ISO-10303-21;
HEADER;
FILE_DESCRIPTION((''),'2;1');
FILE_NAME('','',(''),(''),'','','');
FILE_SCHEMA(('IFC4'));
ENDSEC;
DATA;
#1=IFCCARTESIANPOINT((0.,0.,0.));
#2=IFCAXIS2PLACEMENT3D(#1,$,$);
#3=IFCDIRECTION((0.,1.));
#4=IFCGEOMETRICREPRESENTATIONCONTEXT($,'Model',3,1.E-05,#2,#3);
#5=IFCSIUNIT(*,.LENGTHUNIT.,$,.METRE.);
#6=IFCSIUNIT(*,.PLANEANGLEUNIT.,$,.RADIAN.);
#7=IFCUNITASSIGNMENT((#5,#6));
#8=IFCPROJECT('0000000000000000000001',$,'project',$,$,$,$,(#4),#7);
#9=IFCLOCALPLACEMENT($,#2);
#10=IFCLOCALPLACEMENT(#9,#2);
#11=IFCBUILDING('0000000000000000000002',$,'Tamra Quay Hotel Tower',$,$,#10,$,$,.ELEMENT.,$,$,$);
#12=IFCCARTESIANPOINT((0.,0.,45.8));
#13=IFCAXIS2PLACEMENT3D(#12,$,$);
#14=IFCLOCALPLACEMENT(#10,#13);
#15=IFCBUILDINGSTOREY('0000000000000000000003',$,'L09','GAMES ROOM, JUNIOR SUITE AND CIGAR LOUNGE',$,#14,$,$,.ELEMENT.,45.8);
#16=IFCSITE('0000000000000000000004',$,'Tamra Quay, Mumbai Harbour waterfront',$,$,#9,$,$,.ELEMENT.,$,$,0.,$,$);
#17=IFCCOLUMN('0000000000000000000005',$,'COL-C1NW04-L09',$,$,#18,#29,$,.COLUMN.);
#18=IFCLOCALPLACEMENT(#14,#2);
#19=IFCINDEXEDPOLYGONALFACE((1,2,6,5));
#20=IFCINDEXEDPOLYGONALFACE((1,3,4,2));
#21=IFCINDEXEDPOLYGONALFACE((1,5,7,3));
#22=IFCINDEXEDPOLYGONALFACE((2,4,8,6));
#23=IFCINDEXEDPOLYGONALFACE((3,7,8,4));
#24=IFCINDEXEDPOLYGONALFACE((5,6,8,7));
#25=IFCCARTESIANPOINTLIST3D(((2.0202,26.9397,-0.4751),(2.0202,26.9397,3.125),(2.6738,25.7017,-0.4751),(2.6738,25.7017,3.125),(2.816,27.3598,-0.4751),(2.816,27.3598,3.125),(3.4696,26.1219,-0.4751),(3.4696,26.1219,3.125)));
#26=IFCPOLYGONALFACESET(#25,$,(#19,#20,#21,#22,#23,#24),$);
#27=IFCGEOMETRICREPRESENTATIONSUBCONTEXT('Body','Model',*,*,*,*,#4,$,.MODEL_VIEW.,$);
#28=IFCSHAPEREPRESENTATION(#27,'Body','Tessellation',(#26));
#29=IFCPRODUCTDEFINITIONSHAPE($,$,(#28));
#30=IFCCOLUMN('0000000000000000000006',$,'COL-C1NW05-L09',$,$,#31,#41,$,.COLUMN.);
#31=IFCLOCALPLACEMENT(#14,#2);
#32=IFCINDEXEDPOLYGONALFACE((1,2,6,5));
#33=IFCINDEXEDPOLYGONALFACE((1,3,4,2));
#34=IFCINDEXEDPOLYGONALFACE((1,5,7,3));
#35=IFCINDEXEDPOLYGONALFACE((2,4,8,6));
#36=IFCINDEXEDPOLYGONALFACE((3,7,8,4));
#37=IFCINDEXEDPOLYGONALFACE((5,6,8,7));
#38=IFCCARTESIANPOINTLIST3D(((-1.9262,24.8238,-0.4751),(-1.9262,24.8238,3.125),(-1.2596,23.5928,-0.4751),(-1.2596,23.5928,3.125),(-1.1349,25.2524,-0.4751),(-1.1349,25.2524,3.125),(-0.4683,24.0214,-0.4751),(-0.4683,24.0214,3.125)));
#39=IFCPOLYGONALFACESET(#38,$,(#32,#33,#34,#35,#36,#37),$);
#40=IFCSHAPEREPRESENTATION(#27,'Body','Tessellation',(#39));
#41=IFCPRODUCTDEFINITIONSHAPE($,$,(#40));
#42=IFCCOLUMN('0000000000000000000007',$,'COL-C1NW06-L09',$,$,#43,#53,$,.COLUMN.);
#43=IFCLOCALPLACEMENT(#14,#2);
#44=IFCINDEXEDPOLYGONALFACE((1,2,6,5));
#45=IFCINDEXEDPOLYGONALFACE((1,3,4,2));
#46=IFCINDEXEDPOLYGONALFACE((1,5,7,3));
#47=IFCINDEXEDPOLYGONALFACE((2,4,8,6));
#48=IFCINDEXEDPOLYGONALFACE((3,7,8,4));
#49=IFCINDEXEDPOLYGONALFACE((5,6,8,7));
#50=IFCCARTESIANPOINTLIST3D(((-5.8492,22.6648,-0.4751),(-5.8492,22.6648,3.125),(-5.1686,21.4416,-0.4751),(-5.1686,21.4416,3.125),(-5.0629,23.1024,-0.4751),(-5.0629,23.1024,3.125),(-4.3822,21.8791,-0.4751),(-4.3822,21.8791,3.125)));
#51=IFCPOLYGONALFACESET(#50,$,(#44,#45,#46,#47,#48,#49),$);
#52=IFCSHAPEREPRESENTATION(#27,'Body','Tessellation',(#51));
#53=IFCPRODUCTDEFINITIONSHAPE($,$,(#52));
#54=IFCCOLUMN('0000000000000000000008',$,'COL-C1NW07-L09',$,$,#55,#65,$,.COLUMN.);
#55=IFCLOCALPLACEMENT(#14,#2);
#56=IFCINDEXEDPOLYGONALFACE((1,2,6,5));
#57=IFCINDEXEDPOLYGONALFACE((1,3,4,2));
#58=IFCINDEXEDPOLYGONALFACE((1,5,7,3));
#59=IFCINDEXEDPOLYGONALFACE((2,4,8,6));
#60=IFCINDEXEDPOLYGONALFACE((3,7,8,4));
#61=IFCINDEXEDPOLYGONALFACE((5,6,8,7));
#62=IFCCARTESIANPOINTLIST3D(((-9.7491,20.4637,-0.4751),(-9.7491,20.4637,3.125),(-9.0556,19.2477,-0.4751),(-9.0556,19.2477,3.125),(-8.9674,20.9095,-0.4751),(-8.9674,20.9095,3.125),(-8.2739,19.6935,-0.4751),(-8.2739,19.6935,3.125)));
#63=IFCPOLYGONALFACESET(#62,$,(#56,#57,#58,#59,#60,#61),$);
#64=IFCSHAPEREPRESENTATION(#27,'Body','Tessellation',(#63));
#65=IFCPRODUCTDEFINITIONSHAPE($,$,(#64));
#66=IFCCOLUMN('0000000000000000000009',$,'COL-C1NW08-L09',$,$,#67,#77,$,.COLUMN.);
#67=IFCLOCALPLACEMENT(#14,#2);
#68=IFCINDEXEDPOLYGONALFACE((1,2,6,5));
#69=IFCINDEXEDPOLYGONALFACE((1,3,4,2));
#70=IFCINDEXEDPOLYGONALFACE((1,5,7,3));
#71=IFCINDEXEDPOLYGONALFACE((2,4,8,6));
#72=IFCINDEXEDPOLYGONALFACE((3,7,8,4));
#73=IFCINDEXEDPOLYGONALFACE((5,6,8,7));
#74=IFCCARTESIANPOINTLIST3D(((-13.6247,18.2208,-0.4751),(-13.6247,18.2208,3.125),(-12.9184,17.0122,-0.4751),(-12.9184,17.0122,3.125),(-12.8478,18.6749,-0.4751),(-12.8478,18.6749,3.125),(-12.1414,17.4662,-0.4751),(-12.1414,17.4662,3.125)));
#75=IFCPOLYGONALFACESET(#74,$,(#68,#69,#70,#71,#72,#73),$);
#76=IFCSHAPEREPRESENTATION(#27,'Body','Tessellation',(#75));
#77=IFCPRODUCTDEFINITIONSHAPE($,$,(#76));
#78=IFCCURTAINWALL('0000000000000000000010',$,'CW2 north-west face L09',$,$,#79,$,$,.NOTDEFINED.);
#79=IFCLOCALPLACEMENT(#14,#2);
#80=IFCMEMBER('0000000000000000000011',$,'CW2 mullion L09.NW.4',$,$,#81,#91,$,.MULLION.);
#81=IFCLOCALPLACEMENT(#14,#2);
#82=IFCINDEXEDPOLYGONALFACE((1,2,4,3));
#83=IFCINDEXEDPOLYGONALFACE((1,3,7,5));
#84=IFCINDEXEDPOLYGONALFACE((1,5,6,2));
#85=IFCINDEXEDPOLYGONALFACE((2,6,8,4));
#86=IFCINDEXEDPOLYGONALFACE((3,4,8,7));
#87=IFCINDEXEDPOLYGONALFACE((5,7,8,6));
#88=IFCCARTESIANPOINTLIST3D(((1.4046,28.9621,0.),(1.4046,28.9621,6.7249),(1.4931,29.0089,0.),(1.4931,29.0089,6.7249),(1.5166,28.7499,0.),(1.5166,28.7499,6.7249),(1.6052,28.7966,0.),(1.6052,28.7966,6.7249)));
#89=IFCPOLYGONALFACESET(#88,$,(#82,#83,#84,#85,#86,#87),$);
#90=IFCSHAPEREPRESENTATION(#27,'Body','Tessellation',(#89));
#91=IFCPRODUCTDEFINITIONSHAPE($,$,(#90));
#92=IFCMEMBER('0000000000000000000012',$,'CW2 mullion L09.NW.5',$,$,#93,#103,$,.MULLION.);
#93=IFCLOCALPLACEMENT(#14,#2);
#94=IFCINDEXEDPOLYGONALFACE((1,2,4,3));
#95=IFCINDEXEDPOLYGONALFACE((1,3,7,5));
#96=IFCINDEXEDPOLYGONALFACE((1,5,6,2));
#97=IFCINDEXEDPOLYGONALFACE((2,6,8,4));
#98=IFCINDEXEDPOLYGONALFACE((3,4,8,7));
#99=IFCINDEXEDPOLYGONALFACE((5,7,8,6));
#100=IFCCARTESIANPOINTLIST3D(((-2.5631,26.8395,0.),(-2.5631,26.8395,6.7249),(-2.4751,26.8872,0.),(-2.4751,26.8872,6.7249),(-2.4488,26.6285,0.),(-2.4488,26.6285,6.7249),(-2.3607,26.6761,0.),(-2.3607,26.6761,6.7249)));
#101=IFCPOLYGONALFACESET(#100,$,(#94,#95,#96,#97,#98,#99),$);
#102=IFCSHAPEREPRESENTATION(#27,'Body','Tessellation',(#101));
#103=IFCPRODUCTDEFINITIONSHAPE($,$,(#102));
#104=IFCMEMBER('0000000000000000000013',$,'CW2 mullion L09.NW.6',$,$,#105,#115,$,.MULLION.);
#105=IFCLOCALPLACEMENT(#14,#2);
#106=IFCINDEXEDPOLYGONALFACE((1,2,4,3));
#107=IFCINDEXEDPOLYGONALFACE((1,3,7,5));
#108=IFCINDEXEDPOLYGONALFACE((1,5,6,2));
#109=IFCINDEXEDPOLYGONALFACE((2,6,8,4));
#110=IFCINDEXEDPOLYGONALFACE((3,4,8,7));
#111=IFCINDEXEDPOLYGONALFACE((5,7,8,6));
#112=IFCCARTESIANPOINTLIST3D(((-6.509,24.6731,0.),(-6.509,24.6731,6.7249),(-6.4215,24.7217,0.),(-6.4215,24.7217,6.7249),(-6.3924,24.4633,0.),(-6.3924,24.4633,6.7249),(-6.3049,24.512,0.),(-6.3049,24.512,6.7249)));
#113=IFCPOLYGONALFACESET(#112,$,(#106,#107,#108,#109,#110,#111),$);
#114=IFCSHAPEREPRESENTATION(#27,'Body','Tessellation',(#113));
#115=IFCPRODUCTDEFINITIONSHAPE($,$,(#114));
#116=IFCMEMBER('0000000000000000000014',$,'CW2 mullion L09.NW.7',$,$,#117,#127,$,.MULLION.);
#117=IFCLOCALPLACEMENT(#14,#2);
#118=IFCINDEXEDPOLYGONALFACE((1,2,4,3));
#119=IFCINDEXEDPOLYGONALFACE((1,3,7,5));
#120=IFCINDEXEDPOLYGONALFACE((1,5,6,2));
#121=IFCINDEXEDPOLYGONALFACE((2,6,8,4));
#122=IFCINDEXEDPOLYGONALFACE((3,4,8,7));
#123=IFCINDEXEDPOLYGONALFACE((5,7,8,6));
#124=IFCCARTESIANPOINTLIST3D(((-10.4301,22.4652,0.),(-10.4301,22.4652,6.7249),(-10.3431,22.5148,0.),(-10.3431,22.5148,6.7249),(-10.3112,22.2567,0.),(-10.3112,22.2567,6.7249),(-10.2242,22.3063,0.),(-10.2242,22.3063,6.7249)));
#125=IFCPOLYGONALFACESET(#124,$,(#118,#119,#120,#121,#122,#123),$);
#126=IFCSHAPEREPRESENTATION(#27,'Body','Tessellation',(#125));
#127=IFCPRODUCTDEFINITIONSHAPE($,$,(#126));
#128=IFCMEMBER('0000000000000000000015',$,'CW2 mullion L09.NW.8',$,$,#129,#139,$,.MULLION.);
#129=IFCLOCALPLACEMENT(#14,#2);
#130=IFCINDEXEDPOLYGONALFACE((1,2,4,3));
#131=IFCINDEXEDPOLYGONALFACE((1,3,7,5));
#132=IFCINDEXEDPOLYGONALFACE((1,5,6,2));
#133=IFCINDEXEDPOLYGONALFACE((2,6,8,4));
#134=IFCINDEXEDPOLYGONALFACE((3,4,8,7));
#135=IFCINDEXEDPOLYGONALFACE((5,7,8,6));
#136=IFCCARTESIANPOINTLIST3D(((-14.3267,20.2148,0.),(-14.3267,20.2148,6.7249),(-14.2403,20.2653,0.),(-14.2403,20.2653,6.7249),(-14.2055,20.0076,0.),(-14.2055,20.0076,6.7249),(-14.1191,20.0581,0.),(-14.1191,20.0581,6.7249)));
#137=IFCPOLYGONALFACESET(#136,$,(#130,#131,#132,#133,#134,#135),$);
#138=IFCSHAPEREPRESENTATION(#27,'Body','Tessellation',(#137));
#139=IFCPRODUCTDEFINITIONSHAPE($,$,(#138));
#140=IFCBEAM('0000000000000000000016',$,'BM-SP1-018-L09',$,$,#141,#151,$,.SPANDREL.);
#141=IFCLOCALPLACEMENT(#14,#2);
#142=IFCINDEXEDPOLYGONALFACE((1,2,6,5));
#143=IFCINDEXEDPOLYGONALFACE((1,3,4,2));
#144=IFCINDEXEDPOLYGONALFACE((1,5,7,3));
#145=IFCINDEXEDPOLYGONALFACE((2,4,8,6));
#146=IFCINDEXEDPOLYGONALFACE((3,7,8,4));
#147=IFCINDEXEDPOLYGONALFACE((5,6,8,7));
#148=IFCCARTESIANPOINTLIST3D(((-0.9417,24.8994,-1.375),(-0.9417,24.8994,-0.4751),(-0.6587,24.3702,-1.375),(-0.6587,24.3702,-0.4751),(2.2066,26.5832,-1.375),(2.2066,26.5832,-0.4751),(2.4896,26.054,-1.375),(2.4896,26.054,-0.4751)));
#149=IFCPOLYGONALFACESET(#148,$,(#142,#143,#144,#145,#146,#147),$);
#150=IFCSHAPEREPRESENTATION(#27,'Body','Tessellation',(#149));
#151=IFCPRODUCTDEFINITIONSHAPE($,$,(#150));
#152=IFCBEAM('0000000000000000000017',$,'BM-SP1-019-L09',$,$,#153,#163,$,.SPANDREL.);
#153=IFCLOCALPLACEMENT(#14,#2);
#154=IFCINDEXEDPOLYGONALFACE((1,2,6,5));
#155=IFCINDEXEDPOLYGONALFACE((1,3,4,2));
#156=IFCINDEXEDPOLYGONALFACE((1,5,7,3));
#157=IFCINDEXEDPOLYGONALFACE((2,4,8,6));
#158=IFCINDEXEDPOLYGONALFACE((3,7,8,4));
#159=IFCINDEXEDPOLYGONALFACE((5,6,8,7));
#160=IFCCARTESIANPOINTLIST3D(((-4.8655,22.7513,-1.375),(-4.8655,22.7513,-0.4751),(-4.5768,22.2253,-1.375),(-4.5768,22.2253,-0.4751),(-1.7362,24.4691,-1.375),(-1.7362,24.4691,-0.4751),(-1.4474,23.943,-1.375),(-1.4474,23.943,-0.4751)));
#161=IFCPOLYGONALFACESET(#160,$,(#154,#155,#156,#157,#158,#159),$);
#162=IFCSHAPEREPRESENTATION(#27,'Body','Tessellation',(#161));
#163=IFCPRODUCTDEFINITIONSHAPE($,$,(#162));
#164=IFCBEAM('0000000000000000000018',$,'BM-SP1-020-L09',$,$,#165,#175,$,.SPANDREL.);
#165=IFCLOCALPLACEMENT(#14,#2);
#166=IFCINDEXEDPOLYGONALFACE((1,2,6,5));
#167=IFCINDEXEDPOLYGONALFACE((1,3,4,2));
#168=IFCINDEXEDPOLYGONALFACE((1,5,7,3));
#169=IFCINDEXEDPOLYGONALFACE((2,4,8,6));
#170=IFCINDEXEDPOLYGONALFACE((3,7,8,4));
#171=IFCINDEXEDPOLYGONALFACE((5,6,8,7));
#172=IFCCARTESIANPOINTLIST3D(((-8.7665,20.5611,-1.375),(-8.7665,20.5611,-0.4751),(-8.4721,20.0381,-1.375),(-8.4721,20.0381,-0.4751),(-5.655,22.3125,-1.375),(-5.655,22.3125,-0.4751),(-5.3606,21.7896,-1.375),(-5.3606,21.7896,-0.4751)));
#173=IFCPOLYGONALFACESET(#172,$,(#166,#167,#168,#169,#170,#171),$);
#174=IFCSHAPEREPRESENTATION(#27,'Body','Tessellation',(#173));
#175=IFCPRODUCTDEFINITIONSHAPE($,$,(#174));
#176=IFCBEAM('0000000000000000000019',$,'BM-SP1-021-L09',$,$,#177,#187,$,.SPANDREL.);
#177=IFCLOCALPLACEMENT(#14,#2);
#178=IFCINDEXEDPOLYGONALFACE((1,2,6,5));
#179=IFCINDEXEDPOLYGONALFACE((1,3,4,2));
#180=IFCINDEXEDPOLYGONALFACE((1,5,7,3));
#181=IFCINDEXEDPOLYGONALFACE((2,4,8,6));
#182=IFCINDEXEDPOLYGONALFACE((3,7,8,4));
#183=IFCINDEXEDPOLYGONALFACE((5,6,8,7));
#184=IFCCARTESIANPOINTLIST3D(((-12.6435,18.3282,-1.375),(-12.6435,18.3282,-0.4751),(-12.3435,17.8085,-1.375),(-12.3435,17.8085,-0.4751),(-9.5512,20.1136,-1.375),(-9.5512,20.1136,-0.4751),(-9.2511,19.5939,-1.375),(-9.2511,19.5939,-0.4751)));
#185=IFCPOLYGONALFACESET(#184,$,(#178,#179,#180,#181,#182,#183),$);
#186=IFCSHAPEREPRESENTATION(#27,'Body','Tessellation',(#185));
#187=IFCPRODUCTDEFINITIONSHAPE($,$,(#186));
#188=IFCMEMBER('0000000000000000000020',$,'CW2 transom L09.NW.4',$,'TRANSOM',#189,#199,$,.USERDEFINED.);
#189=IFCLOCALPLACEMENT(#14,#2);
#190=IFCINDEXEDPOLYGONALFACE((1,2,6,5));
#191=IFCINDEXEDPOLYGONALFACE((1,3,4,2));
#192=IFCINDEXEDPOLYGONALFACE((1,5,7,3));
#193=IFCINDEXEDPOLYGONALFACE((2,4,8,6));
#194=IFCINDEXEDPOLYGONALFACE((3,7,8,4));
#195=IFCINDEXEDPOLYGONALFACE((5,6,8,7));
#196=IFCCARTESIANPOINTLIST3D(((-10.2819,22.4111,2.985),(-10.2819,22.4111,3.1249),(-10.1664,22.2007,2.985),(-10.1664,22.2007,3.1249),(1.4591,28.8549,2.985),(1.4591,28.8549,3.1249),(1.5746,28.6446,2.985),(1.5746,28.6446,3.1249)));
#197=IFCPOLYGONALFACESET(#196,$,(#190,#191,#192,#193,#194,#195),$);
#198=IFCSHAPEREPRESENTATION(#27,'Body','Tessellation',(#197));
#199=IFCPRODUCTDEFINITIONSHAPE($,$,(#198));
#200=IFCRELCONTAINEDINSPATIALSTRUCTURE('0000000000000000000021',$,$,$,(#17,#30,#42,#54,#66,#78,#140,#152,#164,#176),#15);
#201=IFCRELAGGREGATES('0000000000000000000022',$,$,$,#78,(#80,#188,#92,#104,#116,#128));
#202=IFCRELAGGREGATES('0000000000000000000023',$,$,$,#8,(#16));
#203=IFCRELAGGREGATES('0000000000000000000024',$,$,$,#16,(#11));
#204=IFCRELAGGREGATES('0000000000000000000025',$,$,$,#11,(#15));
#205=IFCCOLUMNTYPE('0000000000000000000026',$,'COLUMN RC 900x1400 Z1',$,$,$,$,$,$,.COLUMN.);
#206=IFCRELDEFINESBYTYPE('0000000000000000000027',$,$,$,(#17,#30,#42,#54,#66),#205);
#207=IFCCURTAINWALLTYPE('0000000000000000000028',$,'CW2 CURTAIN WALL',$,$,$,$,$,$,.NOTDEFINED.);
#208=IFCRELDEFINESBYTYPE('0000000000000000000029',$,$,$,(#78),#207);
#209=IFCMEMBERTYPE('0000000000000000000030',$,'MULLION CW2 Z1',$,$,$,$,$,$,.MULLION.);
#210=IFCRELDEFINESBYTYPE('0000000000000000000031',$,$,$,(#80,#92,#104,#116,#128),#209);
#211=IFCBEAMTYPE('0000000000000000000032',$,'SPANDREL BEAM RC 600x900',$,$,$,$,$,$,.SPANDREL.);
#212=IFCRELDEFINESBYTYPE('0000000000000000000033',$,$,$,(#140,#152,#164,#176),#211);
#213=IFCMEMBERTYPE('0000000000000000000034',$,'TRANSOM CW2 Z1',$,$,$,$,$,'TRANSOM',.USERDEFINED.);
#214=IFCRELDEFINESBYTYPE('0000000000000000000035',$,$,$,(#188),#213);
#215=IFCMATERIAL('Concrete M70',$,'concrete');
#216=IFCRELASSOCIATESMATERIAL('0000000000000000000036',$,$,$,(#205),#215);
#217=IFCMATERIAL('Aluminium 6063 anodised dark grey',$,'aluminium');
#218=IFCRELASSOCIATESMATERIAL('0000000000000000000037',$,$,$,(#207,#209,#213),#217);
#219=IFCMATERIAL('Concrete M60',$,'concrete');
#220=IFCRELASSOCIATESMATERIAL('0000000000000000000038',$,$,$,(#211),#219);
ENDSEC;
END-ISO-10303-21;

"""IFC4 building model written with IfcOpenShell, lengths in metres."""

from ifc_helpers import new_model, si_unit, direction, frame, origin, origin_2d, place, context, subcontext, project, spatial, rectangle, extrude, material, material_profile, profile_set, type_object, element, aggregate, save


model = new_model("IFC4")

# Units and contexts
model_context = context("Model", 3, precision=1e-05, world=origin(), true_north=direction((0.0, 1.0)))
body_context = subcontext(model_context, "Body", "Model", "MODEL_VIEW")
ifc_project = project(units=[si_unit("LENGTHUNIT", "METRE"), si_unit("PLANEANGLEUNIT", "RADIAN")], contexts=[model_context])

# Site, building, storey
site_placement = place(None, origin())
site = spatial("IfcSite", under=ifc_project, at=site_placement, Name="Tamra Quay, Mumbai Harbour waterfront", CompositionType="ELEMENT", RefElevation=0.0)
building_placement = place(site_placement, origin())
building = spatial("IfcBuilding", under=site, at=building_placement, Name="Tamra Quay Hotel Tower", CompositionType="ELEMENT")
storey_placement = place(building_placement, frame((0.0, 0.0, 45.8)))
storey = spatial("IfcBuildingStorey", under=building, at=storey_placement, Name="L09", Description="GAMES ROOM, JUNIOR SUITE AND CIGAR LOUNGE", CompositionType="ELEMENT", Elevation=45.8)

# Columns
ifc_material_1 = material(Name="Concrete M70", Category="concrete")
ifc_material_profile_1 = material_profile(ifc_material_1, rectangle(XDim=1.3999, YDim=0.8999, at=origin_2d()), Name="COLUMN RC 900x1400 Z1")
ifc_profile_set_1 = profile_set([ifc_material_profile_1], Name="Concrete M70")
column_type = type_object("IfcColumnType", Name="COLUMN RC 900x1400 Z1", PredefinedType="COLUMN", material=ifc_profile_set_1)
for number, where, z_axis, x_axis, name in (
    (1, (2.7449, 26.5308, -0.4751), (0.0, 0.0, 1.0), (-0.466896, 0.884312, 0.0), "COL-C1NW04-L09"),
    (2, (-1.1973, 24.4226, -0.4751), (0.0, 0.0, 1.0), (-0.476198, 0.879338, 0.0), "COL-C1NW05-L09"),
    (3, (-5.1157, 22.272, -0.4751), (0.0, 0.0, 1.0), (-0.486221, 0.873836, 0.0), "COL-C1NW06-L09"),
    (4, (-9.0115, 20.0786, -0.4751), (0.0, 0.0, 1.0), (-0.495421, 0.868653, 0.0), "COL-C1NW07-L09"),
    (5, (-12.8831, 17.8435, -0.4751), (0.0, 0.0, 1.0), (-0.504565, 0.863374, 0.0), "COL-C1NW08-L09"),
):
    element("IfcColumn", number, at=place(storey_placement, frame(where, z_axis=z_axis, x_axis=x_axis)), inside=storey, type_object=column_type, Name=name, PredefinedType="COLUMN", context=body_context, shape_type="SweptSolid", body=[
        extrude(rectangle(XDim=1.3999, YDim=0.8999, at=origin_2d()), origin(), (0.0, 0.0, 1.0), 3.6001),
    ])

# Curtain wall, members
ifc_material_2 = material(Name="Aluminium 6063 anodised dark grey", Category="aluminium")
curtain_wall_type = type_object("IfcCurtainWallType", Name="CW2 CURTAIN WALL", PredefinedType="NOTDEFINED", material=ifc_material_2)
curtain_wall_placement = place(storey_placement, origin())
curtain_wall = element("IfcCurtainWall", 6, at=curtain_wall_placement, inside=storey, type_object=curtain_wall_type, Name="CW2 north-west face L09", PredefinedType="NOTDEFINED")
ifc_material_profile_2 = material_profile(ifc_material_2, rectangle(XDim=0.24, YDim=0.1001, at=origin_2d()), Name="MULLION 100X240")
ifc_profile_set_2 = profile_set([ifc_material_profile_2], Name="Aluminium 6063 anodised dark grey")
member_type_1 = type_object("IfcMemberType", Name="MULLION CW2 Z1", PredefinedType="MULLION", material=ifc_profile_set_2)
member_1_placement = place(storey_placement, frame((1.5049, 28.8794, 0.0), z_axis=(0.0, 0.0, 1.0), x_axis=(-0.466835, 0.884344, 0.0)))
member_1 = element("IfcMember", 7, at=member_1_placement, type_object=member_type_1, Name="CW2 mullion L09.NW.4", PredefinedType="MULLION", context=body_context, shape_type="SweptSolid", body=[
    extrude(rectangle(XDim=0.24, YDim=0.1001, at=origin_2d()), origin(), (0.0, 0.0, 1.0), 6.7249),
])
member_2_placement = place(storey_placement, frame((-2.4619, 26.7578, 0.0), z_axis=(0.0, 0.0, 1.0), x_axis=(-0.476377, 0.879241, 0.0)))
member_2 = element("IfcMember", 8, at=member_2_placement, type_object=member_type_1, Name="CW2 mullion L09.NW.5", PredefinedType="MULLION", context=body_context, shape_type="SweptSolid", body=[
    extrude(rectangle(XDim=0.24, YDim=0.1001, at=origin_2d()), origin(), (0.0, 0.0, 1.0), 6.7249),
])
member_3_placement = place(storey_placement, frame((-6.407, 24.5925, 0.0), z_axis=(0.0, 0.0, 1.0), x_axis=(-0.485864, 0.874035, 0.0)))
member_3 = element("IfcMember", 9, at=member_3_placement, type_object=member_type_1, Name="CW2 mullion L09.NW.6", PredefinedType="MULLION", context=body_context, shape_type="SweptSolid", body=[
    extrude(rectangle(XDim=0.24, YDim=0.1001, at=origin_2d()), origin(), (0.0, 0.0, 1.0), 6.7249),
])
member_4_placement = place(storey_placement, frame((-10.3271, 22.3857, 0.0), z_axis=(0.0, 0.0, 1.0), x_axis=(-0.495301, 0.868722, 0.0)))
member_4 = element("IfcMember", 10, at=member_4_placement, type_object=member_type_1, Name="CW2 mullion L09.NW.7", PredefinedType="MULLION", context=body_context, shape_type="SweptSolid", body=[
    extrude(rectangle(XDim=0.24, YDim=0.1001, at=origin_2d()), origin(), (0.0, 0.0, 1.0), 6.7249),
])
member_5_placement = place(storey_placement, frame((-14.2229, 20.1365, 0.0), z_axis=(0.0, 0.0, 1.0), x_axis=(-0.504685, 0.863304, 0.0)))
member_5 = element("IfcMember", 11, at=member_5_placement, type_object=member_type_1, Name="CW2 mullion L09.NW.8", PredefinedType="MULLION", context=body_context, shape_type="SweptSolid", body=[
    extrude(rectangle(XDim=0.24, YDim=0.1001, at=origin_2d()), origin(), (0.0, 0.0, 1.0), 6.7249),
])

# Beams
ifc_material_3 = material(Name="Concrete M60", Category="concrete")
ifc_material_profile_3 = material_profile(ifc_material_3, rectangle(XDim=0.6001, YDim=0.8999, at=origin_2d()), Name="SPANDREL BEAM RC 600x900")
ifc_profile_set_3 = profile_set([ifc_material_profile_3], Name="Concrete M60")
beam_type = type_object("IfcBeamType", Name="SPANDREL BEAM RC 600x900", PredefinedType="SPANDREL", material=ifc_profile_set_3)
beam_1_placement = place(storey_placement, frame((2.3481, 26.3186, -0.925), z_axis=(-0.881809, -0.471607, 0.0), x_axis=(0.471607, -0.881809, 0.0)))
element("IfcBeam", 12, at=beam_1_placement, inside=storey, type_object=beam_type, Name="BM-SP1-018-L09", PredefinedType="SPANDREL", context=body_context, shape_type="SweptSolid", body=[
    extrude(rectangle(XDim=0.6001, YDim=0.8999, at=origin_2d()), origin(), (0.0, 0.0, 1.0), 3.5703),
])
beam_2_placement = place(storey_placement, frame((-1.5918, 24.2061, -0.925), z_axis=(-0.876617, -0.481189, 0.0), x_axis=(0.481189, -0.876617, 0.0)))
element("IfcBeam", 13, at=beam_2_placement, inside=storey, type_object=beam_type, Name="BM-SP1-019-L09", PredefinedType="SPANDREL", context=body_context, shape_type="SweptSolid", body=[
    extrude(rectangle(XDim=0.6001, YDim=0.8999, at=origin_2d()), origin(), (0.0, 0.0, 1.0), 3.5698),
])
beam_3_placement = place(storey_placement, frame((-5.5078, 22.051, -0.925), z_axis=(-0.871431, -0.490518, 0.0), x_axis=(0.490518, -0.871431, 0.0)))
element("IfcBeam", 14, at=beam_3_placement, inside=storey, type_object=beam_type, Name="BM-SP1-020-L09", PredefinedType="SPANDREL", context=body_context, shape_type="SweptSolid", body=[
    extrude(rectangle(XDim=0.6001, YDim=0.8999, at=origin_2d()), origin(), (0.0, 0.0, 1.0), 3.5706),
])
beam_4_placement = place(storey_placement, frame((-9.4011, 19.8538, -0.925), z_axis=(-0.866017, -0.500014, 0.0), x_axis=(0.500014, -0.866017, 0.0)))
element("IfcBeam", 15, at=beam_4_placement, inside=storey, type_object=beam_type, Name="BM-SP1-021-L09", PredefinedType="SPANDREL", context=body_context, shape_type="SweptSolid", body=[
    extrude(rectangle(XDim=0.6001, YDim=0.8999, at=origin_2d()), origin(), (0.0, 0.0, 1.0), 3.5708),
])

# Member
ifc_material_profile_4 = material_profile(ifc_material_2, rectangle(XDim=0.24, YDim=0.1399, at=origin_2d()), Name="TRANSOM 240X140")
ifc_profile_set_4 = profile_set([ifc_material_profile_4], Name="Aluminium 6063 anodised dark grey")
member_type_2 = type_object("IfcMemberType", Name="TRANSOM CW2 Z1", ElementType="TRANSOM", PredefinedType="USERDEFINED", material=ifc_profile_set_4)
member_6_placement = place(storey_placement, frame((1.5168, 28.7498, 3.0549), z_axis=(-0.876647, -0.481134, 0.0), x_axis=(0.481134, -0.876647, 0.0)))
member_6 = element("IfcMember", 16, at=member_6_placement, type_object=member_type_2, Name="CW2 transom L09.NW.4", ObjectType="TRANSOM", PredefinedType="USERDEFINED", context=body_context, shape_type="SweptSolid", body=[
    extrude(rectangle(XDim=0.24, YDim=0.1399, at=origin_2d()), origin(), (0.0, 0.0, 1.0), 13.3931),
])

aggregate(curtain_wall, [member_1, member_6, member_2, member_3, member_4, member_5])

save(model, "model.ifc")
